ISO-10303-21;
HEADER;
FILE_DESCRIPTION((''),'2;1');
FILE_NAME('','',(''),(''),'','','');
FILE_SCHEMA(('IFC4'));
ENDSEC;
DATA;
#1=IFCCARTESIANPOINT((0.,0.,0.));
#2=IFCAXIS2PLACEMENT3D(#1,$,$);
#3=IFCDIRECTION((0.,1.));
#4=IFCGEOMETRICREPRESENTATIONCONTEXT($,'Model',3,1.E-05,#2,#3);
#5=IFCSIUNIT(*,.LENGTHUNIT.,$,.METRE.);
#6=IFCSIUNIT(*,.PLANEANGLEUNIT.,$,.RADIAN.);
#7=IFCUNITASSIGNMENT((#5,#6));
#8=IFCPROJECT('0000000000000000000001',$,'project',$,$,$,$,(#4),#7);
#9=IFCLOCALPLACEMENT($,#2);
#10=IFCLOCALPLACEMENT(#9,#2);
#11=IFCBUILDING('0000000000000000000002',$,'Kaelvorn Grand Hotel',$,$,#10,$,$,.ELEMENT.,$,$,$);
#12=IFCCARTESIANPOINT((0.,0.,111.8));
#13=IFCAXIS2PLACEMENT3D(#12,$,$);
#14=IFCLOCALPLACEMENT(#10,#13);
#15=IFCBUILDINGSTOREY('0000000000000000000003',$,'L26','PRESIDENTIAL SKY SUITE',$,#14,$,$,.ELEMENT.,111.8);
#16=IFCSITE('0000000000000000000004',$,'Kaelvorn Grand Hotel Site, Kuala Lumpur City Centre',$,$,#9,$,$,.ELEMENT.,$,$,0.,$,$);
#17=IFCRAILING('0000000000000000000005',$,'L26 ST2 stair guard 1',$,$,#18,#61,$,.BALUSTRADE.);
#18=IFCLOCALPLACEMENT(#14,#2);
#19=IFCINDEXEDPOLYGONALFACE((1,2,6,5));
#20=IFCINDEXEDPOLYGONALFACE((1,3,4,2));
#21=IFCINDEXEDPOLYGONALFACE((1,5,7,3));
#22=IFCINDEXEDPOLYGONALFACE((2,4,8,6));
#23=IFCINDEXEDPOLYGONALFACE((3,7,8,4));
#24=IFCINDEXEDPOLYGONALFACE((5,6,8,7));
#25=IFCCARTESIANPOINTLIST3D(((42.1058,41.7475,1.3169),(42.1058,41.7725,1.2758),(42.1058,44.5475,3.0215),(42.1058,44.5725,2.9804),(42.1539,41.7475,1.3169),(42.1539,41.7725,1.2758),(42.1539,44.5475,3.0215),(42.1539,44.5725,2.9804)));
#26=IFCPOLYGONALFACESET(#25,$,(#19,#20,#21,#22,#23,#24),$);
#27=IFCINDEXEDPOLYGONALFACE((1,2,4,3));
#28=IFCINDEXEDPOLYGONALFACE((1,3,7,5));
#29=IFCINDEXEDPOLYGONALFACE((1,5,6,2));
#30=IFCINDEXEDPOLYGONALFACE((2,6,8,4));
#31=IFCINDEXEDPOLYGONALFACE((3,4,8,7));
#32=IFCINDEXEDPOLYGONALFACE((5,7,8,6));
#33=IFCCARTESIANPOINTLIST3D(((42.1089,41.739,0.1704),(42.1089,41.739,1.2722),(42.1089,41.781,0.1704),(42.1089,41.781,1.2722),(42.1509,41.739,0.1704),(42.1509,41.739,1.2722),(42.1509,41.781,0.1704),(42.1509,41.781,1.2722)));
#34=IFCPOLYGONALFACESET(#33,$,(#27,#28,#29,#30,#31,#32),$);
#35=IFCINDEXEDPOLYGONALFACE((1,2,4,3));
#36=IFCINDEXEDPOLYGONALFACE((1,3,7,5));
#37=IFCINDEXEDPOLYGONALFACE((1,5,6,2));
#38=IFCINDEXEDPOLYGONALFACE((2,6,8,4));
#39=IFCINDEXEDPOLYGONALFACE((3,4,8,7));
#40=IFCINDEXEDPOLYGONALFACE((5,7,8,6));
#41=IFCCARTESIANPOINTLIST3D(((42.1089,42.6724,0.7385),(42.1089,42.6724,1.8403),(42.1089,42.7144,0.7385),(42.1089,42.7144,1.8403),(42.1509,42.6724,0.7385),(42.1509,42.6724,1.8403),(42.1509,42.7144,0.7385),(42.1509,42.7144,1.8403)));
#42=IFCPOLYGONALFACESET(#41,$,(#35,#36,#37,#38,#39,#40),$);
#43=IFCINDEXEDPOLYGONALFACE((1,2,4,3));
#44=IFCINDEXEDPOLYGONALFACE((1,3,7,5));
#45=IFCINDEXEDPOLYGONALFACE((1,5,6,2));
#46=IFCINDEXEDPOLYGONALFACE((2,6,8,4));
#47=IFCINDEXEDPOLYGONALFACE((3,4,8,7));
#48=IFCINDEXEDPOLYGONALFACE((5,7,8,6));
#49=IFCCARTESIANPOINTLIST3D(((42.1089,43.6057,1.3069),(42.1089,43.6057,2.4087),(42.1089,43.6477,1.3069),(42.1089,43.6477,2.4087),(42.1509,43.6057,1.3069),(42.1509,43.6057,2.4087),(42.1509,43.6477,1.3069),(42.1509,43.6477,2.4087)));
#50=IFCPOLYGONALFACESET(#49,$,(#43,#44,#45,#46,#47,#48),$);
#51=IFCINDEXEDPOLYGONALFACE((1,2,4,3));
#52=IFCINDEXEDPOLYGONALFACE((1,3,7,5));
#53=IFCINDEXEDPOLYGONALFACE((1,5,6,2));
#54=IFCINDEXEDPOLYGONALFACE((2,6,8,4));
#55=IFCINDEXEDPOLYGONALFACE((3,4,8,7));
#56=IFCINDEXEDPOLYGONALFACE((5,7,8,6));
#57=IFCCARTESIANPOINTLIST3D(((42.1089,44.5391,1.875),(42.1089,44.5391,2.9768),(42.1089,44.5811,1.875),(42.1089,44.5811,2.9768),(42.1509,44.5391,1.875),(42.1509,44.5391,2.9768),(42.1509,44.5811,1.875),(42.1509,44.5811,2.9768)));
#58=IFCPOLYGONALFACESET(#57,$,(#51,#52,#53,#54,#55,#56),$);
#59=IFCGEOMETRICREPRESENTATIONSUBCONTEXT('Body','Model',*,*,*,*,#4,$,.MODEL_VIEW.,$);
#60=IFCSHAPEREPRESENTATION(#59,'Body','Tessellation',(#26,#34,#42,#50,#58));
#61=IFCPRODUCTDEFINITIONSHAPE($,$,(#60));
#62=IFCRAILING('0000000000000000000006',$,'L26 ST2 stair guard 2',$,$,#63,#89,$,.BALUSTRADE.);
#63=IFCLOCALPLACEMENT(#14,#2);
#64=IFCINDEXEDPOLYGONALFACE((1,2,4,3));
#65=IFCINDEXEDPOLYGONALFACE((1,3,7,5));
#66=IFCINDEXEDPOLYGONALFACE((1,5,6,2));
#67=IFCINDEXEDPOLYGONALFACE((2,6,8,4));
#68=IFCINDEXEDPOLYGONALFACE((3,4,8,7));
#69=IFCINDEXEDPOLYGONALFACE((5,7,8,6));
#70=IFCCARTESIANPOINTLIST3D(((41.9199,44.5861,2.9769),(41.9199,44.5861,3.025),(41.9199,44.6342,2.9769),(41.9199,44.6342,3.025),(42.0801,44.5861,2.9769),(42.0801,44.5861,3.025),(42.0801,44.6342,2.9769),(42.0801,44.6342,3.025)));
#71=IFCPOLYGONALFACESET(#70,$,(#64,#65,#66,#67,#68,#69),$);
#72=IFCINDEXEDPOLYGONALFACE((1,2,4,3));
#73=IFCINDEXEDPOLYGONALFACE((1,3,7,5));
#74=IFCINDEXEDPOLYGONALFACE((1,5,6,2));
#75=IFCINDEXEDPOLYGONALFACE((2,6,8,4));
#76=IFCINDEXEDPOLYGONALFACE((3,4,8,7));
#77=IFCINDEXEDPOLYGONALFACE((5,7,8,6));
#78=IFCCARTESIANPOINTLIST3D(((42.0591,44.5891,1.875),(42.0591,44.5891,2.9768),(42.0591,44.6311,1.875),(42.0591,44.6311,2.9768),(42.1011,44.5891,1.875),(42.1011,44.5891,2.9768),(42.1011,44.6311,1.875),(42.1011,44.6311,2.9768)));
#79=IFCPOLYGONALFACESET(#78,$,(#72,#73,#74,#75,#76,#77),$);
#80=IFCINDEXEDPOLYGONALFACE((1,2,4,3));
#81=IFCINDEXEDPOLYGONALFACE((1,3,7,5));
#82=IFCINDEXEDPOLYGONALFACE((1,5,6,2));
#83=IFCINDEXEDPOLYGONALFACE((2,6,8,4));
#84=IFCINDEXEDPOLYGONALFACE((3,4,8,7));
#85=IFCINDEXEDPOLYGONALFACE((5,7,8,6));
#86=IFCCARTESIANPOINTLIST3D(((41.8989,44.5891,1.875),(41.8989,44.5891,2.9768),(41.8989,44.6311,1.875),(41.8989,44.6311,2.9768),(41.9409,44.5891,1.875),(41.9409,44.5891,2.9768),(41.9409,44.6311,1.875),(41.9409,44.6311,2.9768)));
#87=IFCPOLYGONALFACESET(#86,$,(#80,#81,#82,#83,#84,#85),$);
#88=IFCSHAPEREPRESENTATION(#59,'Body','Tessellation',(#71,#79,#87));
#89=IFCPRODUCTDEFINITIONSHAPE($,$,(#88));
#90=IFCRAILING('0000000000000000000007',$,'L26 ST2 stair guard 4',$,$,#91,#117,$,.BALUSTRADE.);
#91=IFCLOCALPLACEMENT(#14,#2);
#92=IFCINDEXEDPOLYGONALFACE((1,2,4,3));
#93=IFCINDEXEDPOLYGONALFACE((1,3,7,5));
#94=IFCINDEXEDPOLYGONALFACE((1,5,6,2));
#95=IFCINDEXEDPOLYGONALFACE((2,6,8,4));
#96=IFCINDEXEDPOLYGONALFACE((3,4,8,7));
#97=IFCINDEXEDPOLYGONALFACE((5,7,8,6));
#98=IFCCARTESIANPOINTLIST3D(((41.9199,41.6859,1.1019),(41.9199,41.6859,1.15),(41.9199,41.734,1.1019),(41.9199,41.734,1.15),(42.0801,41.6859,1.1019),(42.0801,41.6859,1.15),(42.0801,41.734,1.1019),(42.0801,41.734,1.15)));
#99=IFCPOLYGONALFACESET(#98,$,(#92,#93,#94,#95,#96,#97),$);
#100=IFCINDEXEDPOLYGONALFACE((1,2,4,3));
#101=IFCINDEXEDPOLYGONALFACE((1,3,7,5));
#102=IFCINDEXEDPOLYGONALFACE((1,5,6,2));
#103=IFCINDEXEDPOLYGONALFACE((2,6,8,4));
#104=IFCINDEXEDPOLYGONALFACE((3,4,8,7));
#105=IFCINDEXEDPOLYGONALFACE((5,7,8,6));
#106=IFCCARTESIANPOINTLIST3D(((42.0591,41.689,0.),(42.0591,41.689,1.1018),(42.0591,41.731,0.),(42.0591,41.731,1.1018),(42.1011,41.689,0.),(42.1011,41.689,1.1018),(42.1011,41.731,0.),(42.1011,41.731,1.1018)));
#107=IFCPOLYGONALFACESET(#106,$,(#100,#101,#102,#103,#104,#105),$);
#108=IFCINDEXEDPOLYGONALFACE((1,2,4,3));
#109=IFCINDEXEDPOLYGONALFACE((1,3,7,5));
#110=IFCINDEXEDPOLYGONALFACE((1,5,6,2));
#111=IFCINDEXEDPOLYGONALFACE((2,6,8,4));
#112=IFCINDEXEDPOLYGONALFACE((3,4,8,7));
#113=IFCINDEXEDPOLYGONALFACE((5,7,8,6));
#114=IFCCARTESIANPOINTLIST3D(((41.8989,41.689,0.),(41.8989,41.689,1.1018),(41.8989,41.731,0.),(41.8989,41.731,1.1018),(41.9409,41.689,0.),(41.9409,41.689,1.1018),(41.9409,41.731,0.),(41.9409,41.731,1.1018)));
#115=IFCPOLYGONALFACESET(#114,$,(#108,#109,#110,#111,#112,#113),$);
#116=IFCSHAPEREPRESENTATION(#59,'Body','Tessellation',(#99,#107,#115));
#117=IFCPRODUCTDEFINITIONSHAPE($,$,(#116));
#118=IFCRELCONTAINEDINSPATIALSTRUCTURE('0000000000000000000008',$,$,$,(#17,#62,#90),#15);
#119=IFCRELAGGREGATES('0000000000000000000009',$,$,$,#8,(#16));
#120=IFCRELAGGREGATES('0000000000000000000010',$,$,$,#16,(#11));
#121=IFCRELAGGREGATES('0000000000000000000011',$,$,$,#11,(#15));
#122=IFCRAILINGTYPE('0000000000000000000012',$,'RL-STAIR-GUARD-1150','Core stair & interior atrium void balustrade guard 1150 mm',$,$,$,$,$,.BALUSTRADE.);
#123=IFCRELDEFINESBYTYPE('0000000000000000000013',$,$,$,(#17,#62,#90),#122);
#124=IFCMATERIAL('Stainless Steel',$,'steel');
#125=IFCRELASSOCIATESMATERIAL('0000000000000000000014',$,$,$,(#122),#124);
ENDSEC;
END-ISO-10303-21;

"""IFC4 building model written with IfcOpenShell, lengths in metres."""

from ifc_helpers import new_model, si_unit, direction, frame, origin, origin_2d, place, context, subcontext, project, spatial, rectangle, extrude, material, type_object, element, save


model = new_model("IFC4")

# Units and contexts
model_context = context("Model", 3, precision=1e-05, world=origin(), true_north=direction((0.0, 1.0)))
body_context = subcontext(model_context, "Body", "Model", "MODEL_VIEW")
ifc_project = project(units=[si_unit("LENGTHUNIT", "METRE"), si_unit("PLANEANGLEUNIT", "RADIAN")], contexts=[model_context])

# Site, building, storey
site_placement = place(None, origin())
site = spatial("IfcSite", under=ifc_project, at=site_placement, Name="Kaelvorn Grand Hotel Site, Kuala Lumpur City Centre", CompositionType="ELEMENT", RefElevation=0.0)
building_placement = place(site_placement, origin())
building = spatial("IfcBuilding", under=site, at=building_placement, Name="Kaelvorn Grand Hotel", CompositionType="ELEMENT")
storey_placement = place(building_placement, frame((0.0, 0.0, 111.8)))
storey = spatial("IfcBuildingStorey", under=building, at=storey_placement, Name="L26", Description="PRESIDENTIAL SKY SUITE", CompositionType="ELEMENT", Elevation=111.8)

# Railings
ifc_material_1 = material(Name="Stainless Steel", Category="steel")
railing_type_1 = type_object("IfcRailingType", Name="RL-STAIR-GUARD-1150", Description="Core stair & interior atrium void balustrade guard 1150 mm", PredefinedType="BALUSTRADE", material=ifc_material_1)
railing_1_placement = place(storey_placement, frame((42.1299, 41.76, 0.1704)))
element("IfcRailing", 1, at=railing_1_placement, inside=storey, type_object=railing_type_1, Name="L26 ST2 stair guard 1", PredefinedType="BALUSTRADE", context=body_context, shape_type="SweptSolid", body=[
    extrude(rectangle(XDim=0.0481, YDim=0.0481, at=origin_2d()), frame((0.0, 0.0, 1.126), z_axis=(0.0, 0.85417, 0.519994), x_axis=(-1.0, 0.0, 0.0)), (0.0, 0.0, 1.0), 3.2781),
    extrude(rectangle(XDim=0.042, YDim=0.042, at=origin_2d()), origin(), (0.0, 0.0, 1.0), 1.1018),
    extrude(rectangle(XDim=0.042, YDim=0.042, at=origin_2d()), frame((0.0, 0.9333, 0.5681)), (0.0, 0.0, 1.0), 1.1018),
    extrude(rectangle(XDim=0.042, YDim=0.042, at=origin_2d()), frame((0.0, 1.8667, 1.1365)), (0.0, 0.0, 1.0), 1.1018),
    extrude(rectangle(XDim=0.042, YDim=0.042, at=origin_2d()), frame((0.0, 2.8, 1.7046)), (0.0, 0.0, 1.0), 1.1018),
])
for number, where, name in (
    (2, (42.0801, 44.6101, 1.875), "L26 ST2 stair guard 2"),
    (3, (42.0801, 41.71, 0.0), "L26 ST2 stair guard 4"),
):
    element("IfcRailing", number, at=place(storey_placement, frame(where)), inside=storey, type_object=railing_type_1, Name=name, PredefinedType="BALUSTRADE", context=body_context, shape_type="SweptSolid", body=[
        extrude(rectangle(XDim=0.0481, YDim=0.0481, at=origin_2d()), frame((0.0, 0.0, 1.126), z_axis=(-1.0, 0.0, 0.0), x_axis=(0.0, -1.0, 0.0)), (0.0, 0.0, 1.0), 0.1602),
        extrude(rectangle(XDim=0.042, YDim=0.042, at=origin_2d()), origin(), (0.0, 0.0, 1.0), 1.1018),
        extrude(rectangle(XDim=0.042, YDim=0.042, at=origin_2d()), frame((-0.1602, 0.0, 0.0)), (0.0, 0.0, 1.0), 1.1018),
    ])

save(model, "model.ifc")
